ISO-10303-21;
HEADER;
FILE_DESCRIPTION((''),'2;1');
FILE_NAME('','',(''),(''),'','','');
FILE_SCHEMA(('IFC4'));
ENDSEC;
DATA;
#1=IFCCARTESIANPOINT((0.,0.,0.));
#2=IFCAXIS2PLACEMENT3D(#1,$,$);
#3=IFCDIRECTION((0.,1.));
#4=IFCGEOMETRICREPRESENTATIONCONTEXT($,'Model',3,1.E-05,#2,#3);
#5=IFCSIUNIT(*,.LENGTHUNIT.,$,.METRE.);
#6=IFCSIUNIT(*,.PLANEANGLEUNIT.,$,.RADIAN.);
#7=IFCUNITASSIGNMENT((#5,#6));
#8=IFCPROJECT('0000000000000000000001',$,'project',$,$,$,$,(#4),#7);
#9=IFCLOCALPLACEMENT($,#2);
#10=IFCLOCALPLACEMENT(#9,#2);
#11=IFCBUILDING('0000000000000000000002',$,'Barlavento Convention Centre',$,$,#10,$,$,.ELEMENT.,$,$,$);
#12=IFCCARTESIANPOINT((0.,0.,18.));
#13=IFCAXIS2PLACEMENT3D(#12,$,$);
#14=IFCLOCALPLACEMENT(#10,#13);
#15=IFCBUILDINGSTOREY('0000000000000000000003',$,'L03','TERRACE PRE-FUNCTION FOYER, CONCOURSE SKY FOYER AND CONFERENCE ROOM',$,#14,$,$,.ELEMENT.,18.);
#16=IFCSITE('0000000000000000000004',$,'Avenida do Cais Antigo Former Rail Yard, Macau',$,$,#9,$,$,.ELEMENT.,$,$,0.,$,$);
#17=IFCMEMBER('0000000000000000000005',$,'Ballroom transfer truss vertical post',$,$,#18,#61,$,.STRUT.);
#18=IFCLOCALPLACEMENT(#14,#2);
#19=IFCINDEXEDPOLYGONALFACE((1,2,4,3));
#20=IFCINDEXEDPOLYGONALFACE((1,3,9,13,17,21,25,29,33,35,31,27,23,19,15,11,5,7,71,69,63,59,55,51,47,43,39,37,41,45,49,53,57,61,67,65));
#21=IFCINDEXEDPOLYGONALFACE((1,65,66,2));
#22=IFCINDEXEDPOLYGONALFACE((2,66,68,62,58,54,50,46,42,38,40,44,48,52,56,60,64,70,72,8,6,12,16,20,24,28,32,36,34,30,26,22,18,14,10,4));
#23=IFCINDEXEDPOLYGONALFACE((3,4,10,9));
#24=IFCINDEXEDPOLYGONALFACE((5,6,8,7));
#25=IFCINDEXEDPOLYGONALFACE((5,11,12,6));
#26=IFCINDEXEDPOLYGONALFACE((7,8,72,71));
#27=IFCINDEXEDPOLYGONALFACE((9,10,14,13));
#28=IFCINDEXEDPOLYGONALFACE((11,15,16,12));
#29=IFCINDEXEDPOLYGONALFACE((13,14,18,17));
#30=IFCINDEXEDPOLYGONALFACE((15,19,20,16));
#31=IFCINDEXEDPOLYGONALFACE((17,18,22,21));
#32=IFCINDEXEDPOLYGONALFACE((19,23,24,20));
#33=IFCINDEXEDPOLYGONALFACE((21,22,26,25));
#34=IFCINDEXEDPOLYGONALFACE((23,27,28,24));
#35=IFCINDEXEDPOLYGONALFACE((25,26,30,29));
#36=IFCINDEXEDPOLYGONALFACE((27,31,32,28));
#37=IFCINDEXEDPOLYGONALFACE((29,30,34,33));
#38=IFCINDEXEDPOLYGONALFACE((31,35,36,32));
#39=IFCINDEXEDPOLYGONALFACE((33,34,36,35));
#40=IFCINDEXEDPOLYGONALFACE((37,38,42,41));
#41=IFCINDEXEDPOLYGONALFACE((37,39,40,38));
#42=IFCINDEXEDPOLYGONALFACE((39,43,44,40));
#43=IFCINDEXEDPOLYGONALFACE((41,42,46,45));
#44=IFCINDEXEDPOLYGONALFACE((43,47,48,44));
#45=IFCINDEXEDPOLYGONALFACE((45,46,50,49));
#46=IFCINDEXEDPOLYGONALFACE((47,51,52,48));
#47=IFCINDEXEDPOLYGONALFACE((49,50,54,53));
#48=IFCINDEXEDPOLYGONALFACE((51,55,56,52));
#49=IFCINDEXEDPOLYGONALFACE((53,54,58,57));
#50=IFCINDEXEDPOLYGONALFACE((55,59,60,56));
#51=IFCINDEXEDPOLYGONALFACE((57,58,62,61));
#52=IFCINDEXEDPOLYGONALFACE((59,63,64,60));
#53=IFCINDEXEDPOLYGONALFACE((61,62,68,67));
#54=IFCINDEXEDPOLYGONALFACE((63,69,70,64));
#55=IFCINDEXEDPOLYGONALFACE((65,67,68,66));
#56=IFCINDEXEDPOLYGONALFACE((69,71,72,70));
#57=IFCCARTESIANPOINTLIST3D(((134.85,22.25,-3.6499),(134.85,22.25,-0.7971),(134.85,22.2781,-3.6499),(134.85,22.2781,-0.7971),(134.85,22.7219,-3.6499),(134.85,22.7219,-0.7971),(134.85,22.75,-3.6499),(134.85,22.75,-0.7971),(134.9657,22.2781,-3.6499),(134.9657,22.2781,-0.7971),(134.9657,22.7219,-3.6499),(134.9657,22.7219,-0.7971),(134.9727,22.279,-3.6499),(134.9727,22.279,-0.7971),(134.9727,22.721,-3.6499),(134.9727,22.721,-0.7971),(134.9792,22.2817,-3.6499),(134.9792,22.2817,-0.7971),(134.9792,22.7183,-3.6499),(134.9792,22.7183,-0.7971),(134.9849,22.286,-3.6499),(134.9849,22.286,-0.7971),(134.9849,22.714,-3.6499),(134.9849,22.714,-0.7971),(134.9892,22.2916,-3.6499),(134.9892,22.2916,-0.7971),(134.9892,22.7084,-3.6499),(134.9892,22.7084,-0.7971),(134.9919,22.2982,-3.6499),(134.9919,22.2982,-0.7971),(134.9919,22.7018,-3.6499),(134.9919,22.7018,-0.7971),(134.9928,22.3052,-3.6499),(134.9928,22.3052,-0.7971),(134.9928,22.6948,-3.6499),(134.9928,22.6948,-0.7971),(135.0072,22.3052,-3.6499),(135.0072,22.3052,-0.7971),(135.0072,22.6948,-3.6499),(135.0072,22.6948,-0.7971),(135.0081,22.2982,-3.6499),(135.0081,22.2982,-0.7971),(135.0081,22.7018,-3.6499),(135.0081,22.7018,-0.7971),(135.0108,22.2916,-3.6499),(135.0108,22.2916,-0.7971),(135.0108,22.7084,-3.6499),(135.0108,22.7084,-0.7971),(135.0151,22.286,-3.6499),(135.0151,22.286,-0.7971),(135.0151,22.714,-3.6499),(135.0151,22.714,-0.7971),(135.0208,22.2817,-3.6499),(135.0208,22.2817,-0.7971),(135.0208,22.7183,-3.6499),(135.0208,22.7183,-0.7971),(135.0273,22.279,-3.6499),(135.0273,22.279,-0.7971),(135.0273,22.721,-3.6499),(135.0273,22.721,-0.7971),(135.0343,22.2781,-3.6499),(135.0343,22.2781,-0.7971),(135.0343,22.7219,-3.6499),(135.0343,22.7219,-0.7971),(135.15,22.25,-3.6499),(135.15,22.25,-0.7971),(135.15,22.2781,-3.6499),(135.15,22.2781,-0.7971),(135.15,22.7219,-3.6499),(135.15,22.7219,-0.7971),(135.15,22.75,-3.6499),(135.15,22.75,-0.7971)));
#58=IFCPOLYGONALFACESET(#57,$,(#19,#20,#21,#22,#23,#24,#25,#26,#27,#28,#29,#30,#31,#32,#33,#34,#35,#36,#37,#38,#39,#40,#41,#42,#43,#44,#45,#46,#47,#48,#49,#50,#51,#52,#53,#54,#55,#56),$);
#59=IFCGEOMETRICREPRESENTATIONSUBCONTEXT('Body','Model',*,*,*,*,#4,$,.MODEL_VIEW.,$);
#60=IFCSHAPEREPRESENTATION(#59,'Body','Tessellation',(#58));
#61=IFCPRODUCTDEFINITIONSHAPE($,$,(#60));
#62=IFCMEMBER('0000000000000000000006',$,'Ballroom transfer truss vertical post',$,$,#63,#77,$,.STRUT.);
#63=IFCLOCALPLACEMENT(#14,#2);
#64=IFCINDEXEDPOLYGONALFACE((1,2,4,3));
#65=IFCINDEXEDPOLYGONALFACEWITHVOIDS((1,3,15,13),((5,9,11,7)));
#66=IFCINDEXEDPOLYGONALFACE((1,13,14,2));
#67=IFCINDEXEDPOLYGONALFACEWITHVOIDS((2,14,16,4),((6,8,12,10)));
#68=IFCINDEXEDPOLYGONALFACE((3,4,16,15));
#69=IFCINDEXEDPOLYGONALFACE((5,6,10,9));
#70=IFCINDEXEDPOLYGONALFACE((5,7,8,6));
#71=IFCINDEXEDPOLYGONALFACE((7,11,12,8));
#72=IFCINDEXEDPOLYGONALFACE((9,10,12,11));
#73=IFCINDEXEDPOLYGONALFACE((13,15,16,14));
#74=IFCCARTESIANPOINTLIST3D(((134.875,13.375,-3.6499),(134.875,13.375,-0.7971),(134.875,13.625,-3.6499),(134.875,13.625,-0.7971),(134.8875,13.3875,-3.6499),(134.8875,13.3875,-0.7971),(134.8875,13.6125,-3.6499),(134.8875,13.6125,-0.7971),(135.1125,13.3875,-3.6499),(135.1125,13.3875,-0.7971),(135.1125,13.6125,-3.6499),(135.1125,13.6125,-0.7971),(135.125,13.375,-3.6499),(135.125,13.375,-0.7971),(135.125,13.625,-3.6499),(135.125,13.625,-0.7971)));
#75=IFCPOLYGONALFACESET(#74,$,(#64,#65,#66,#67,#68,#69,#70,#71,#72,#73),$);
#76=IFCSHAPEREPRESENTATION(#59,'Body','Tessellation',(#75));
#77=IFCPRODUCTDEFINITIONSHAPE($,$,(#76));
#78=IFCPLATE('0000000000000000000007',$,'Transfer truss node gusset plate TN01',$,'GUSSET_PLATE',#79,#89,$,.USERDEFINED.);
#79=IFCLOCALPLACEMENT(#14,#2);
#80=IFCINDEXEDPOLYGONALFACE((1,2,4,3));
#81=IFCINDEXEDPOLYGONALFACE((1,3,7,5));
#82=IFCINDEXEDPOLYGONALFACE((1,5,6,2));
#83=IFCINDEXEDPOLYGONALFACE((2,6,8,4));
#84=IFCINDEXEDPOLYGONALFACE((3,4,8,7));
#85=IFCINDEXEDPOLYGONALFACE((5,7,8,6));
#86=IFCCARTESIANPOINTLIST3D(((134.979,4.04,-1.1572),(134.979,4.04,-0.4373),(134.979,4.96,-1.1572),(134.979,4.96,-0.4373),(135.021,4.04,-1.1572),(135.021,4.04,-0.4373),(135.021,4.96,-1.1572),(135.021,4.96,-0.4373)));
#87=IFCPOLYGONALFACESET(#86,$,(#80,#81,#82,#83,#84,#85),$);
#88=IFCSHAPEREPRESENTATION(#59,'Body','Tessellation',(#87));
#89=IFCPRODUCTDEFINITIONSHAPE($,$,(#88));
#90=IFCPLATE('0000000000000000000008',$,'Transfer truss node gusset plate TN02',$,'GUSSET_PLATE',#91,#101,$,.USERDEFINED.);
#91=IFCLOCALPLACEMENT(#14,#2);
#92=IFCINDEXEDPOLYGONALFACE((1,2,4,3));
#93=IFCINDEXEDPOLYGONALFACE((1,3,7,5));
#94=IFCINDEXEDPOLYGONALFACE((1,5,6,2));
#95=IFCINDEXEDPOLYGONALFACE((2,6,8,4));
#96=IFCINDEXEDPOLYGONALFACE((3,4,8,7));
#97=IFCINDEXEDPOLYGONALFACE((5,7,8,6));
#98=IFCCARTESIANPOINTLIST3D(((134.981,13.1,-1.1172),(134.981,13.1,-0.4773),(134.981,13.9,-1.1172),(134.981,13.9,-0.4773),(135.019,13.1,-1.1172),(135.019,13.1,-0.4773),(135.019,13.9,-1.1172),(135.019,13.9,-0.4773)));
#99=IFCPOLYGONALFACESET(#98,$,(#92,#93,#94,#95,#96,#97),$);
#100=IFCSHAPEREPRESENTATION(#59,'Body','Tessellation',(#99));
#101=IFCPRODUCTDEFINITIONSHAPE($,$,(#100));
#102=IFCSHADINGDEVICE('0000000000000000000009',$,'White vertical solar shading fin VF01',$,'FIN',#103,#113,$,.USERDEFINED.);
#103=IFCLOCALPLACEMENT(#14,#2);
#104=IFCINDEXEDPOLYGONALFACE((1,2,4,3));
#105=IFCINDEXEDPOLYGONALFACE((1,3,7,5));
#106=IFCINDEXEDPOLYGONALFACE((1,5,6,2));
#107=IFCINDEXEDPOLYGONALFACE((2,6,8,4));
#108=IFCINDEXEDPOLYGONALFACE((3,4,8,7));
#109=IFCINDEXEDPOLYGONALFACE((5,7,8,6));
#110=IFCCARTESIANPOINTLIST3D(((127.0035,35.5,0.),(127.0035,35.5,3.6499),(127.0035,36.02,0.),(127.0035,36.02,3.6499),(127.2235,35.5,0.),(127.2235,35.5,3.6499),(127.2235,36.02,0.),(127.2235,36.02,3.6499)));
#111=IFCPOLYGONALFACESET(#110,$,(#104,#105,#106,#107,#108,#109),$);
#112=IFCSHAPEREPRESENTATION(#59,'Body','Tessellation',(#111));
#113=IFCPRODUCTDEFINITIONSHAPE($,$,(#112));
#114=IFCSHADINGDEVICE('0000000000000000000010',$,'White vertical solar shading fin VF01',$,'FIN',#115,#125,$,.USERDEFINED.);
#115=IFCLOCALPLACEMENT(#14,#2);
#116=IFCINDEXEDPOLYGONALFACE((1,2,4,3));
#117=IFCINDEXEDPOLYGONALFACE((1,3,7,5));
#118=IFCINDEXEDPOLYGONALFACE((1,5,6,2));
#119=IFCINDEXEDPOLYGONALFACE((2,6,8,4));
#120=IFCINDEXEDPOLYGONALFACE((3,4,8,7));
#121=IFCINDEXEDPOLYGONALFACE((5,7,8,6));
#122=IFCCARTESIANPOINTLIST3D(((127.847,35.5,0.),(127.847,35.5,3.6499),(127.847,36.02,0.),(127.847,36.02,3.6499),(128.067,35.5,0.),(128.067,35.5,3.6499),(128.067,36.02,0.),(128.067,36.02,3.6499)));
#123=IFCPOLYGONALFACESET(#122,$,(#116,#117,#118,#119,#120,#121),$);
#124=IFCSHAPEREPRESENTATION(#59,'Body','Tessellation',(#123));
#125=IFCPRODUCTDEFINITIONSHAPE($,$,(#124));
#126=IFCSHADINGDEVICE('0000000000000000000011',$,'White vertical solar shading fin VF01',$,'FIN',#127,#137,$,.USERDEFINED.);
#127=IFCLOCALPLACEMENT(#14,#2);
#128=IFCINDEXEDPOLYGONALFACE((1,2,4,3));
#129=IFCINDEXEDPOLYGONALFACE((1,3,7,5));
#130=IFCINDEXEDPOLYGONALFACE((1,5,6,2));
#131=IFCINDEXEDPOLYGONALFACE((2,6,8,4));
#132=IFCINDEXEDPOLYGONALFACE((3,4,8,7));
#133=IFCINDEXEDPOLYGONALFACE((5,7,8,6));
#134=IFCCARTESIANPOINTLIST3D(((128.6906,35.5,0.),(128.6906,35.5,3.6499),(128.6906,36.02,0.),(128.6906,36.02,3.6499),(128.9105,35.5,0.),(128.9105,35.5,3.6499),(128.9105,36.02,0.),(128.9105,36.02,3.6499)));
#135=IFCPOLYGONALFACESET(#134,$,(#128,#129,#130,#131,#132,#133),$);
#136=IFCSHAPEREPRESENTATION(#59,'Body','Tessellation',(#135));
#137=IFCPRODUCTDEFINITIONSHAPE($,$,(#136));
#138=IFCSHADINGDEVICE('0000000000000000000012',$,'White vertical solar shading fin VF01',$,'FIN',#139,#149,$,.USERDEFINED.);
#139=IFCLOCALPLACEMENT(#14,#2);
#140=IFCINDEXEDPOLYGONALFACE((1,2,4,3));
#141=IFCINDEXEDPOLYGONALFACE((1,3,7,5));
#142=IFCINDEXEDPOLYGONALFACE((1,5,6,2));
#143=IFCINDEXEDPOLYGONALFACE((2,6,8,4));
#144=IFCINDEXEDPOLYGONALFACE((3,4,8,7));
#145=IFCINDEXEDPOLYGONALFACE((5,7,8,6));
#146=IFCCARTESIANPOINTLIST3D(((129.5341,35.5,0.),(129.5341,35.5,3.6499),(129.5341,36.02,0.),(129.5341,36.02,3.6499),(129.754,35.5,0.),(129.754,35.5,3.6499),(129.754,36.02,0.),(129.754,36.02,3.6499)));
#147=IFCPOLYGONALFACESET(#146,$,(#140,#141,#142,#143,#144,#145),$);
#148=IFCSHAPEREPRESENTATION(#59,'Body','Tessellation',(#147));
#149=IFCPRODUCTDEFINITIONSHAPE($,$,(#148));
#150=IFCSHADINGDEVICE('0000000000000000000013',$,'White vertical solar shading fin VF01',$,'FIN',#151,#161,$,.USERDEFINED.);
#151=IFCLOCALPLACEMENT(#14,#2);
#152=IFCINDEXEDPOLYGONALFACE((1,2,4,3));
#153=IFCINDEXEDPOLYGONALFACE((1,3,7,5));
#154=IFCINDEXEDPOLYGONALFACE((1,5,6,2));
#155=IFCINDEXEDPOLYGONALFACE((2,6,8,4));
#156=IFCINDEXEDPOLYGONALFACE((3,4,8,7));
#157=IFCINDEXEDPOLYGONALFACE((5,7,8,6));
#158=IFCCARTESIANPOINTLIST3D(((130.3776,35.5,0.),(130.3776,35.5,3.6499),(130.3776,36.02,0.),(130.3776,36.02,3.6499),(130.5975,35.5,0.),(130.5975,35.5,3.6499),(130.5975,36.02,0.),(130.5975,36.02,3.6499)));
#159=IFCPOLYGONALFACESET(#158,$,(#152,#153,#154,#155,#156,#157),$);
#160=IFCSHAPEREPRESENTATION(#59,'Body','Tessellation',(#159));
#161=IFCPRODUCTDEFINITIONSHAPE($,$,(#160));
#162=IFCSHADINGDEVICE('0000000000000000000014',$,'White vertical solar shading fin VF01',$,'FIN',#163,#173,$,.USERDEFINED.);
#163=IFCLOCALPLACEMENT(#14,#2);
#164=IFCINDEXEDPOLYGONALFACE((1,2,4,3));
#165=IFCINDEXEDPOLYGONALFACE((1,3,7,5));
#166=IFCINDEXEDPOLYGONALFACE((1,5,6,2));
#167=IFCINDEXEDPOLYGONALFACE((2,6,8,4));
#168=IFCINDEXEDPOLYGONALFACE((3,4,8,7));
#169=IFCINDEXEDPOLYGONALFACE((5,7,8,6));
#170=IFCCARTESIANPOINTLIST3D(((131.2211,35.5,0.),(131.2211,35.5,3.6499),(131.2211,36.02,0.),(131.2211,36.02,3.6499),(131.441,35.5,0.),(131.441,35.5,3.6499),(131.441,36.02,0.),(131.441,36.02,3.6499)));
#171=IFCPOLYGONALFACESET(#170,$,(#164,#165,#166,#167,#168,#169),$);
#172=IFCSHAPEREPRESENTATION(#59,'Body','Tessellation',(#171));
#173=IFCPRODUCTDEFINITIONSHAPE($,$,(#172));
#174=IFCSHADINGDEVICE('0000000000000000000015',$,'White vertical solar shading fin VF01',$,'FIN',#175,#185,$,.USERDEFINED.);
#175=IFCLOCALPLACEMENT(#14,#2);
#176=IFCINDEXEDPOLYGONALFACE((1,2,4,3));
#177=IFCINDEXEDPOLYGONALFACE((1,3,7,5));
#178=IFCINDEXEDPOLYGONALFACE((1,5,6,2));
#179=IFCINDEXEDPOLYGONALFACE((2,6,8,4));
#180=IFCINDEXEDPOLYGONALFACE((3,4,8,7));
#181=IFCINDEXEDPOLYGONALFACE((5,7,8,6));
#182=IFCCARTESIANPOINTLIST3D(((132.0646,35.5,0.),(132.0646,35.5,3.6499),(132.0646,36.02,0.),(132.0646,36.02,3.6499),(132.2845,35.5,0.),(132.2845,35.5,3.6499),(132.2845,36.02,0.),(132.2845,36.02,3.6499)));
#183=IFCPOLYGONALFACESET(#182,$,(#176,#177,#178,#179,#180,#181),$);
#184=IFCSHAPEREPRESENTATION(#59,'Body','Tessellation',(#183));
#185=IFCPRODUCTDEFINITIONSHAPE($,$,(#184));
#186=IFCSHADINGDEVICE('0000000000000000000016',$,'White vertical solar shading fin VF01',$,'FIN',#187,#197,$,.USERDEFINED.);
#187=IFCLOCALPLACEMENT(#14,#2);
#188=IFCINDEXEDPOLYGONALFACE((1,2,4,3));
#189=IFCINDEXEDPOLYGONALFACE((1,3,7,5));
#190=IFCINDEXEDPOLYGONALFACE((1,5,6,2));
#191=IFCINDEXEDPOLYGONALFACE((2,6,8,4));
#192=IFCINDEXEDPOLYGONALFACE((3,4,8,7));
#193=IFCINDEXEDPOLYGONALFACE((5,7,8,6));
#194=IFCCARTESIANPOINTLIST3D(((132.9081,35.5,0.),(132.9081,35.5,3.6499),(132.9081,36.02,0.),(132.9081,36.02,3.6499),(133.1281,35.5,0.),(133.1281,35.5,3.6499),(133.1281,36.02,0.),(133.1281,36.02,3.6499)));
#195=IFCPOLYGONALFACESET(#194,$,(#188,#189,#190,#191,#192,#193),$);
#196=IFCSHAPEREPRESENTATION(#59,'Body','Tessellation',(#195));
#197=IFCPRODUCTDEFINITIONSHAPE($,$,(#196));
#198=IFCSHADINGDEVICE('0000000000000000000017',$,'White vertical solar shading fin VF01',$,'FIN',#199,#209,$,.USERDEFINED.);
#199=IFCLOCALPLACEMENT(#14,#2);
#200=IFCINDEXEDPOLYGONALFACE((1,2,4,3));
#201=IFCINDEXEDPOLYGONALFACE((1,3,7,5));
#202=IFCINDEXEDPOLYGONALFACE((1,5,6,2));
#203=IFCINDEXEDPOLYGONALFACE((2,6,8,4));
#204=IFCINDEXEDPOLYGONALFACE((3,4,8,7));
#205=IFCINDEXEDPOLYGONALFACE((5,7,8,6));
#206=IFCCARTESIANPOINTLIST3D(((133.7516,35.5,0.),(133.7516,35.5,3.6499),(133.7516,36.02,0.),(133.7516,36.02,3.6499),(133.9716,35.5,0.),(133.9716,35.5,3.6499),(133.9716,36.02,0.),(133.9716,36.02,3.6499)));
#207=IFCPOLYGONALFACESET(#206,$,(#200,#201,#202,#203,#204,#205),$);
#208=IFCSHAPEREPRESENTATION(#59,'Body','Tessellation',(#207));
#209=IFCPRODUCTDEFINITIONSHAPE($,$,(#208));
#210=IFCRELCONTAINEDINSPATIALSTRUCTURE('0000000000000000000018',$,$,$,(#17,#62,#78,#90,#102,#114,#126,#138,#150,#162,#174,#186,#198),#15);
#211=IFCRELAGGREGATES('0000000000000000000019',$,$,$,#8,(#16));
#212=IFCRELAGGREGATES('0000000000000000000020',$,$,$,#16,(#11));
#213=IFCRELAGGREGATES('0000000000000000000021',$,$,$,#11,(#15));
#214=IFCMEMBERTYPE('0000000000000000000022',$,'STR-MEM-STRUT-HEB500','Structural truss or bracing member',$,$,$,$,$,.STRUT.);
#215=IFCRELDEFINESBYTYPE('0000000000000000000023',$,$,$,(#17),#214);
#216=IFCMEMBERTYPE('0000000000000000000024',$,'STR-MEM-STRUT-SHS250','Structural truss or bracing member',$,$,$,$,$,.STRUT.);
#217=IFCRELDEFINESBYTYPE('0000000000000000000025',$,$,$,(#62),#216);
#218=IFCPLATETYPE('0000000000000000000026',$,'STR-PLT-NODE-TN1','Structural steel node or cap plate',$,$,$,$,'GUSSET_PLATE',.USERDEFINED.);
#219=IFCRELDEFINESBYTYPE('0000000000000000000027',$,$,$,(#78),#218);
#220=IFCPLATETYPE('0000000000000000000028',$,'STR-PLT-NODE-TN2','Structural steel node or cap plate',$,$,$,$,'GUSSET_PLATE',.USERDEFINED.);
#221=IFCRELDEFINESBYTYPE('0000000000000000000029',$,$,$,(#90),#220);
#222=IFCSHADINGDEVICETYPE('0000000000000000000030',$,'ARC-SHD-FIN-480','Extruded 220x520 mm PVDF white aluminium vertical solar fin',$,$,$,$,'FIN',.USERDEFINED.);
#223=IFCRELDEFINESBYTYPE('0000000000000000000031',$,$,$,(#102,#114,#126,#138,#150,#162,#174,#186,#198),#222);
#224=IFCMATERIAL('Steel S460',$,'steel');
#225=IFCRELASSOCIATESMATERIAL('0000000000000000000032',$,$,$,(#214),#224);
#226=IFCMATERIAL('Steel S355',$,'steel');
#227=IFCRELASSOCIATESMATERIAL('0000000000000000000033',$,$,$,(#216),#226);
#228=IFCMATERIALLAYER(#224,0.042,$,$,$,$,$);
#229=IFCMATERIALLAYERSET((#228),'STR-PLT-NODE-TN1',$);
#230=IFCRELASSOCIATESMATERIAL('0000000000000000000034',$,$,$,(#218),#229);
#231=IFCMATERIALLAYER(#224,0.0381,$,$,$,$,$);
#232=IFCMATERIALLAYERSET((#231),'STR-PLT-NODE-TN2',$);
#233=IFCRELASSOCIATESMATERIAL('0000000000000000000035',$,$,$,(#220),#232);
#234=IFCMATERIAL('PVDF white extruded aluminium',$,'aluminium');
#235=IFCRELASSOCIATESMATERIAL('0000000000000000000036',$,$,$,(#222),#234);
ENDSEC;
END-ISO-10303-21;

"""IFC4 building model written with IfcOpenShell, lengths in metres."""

from ifc_helpers import new_model, si_unit, direction, frame, origin, origin_2d, place, context, subcontext, project, spatial, rectangle, hollow_rectangle, i_section, extrude, material, layer, layer_set, material_profile, profile_set, type_object, element, save


model = new_model("IFC4")

# Units and contexts
model_context = context("Model", 3, precision=1e-05, world=origin(), true_north=direction((0.0, 1.0)))
body_context = subcontext(model_context, "Body", "Model", "MODEL_VIEW")
ifc_project = project(units=[si_unit("LENGTHUNIT", "METRE"), si_unit("PLANEANGLEUNIT", "RADIAN")], contexts=[model_context])

# Site, building, storey
site_placement = place(None, origin())
site = spatial("IfcSite", under=ifc_project, at=site_placement, Name="Avenida do Cais Antigo Former Rail Yard, Macau", CompositionType="ELEMENT", RefElevation=0.0)
building_placement = place(site_placement, origin())
building = spatial("IfcBuilding", under=site, at=building_placement, Name="Barlavento Convention Centre", CompositionType="ELEMENT")
storey_placement = place(building_placement, frame((0.0, 0.0, 18.0)))
storey = spatial("IfcBuildingStorey", under=building, at=storey_placement, Name="L03", Description="TERRACE PRE-FUNCTION FOYER, CONCOURSE SKY FOYER AND CONFERENCE ROOM", CompositionType="ELEMENT", Elevation=18.0)

# Shared definitions
ifc_material_1 = material(Name="Steel S355", Category="steel")

# Shared definitions
ifc_material_2 = material(Name="Steel S460", Category="steel")

# Members
ifc_material_profile_1 = material_profile(ifc_material_2, i_section(OverallWidth=0.3, OverallDepth=0.5, WebThickness=0.0144, FlangeThickness=0.0281, FilletRadius=0.0271, at=origin_2d()), Name="HEB 500")
ifc_profile_set_1 = profile_set([ifc_material_profile_1], Name="Steel S460")
member_type_1 = type_object("IfcMemberType", Name="STR-MEM-STRUT-HEB500", Description="Structural truss or bracing member", PredefinedType="STRUT", material=ifc_profile_set_1)
for number, where, z_axis, x_axis, name in (
    (1, (135.0, 22.5, -3.6499), (0.0, 0.0, 1.0), (1.0, 0.0, 0.0), "Ballroom transfer truss vertical post"),
):
    element("IfcMember", number, at=place(storey_placement, frame(where, z_axis=z_axis, x_axis=x_axis)), inside=storey, type_object=member_type_1, Name=name, PredefinedType="STRUT", context=body_context, shape_type="SweptSolid", body=[
        extrude(i_section(OverallWidth=0.3, OverallDepth=0.5, WebThickness=0.0144, FlangeThickness=0.0281, FilletRadius=0.0271, at=origin_2d()), origin(), (0.0, 0.0, 1.0), 2.8528),
    ])
ifc_material_profile_2 = material_profile(ifc_material_1, hollow_rectangle(XDim=0.25, YDim=0.25, WallThickness=0.0125, at=origin_2d()), Name="SHS 250x250x12.5")
ifc_profile_set_2 = profile_set([ifc_material_profile_2], Name="Steel S355")
member_type_2 = type_object("IfcMemberType", Name="STR-MEM-STRUT-SHS250", Description="Structural truss or bracing member", PredefinedType="STRUT", material=ifc_profile_set_2)
member_1_placement = place(storey_placement, frame((135.0, 13.5, -3.6499), z_axis=(0.0, 0.0, 1.0), x_axis=(1.0, 0.0, 0.0)))
element("IfcMember", 2, at=member_1_placement, inside=storey, type_object=member_type_2, Name="Ballroom transfer truss vertical post", PredefinedType="STRUT", context=body_context, shape_type="SweptSolid", body=[
    extrude(hollow_rectangle(XDim=0.25, YDim=0.25, WallThickness=0.0125, at=origin_2d()), origin(), (0.0, 0.0, 1.0), 2.8528),
])

# Plates
ifc_layer_1 = layer(ifc_material_2, 0.042)
ifc_layer_set_1 = layer_set([ifc_layer_1], Name="STR-PLT-NODE-TN1")
plate_type_1 = type_object("IfcPlateType", Name="STR-PLT-NODE-TN1", Description="Structural steel node or cap plate", ElementType="GUSSET_PLATE", PredefinedType="USERDEFINED", material=ifc_layer_set_1)
plate_1_placement = place(storey_placement, frame((135.0, 4.5, -1.1572), z_axis=(0.0, 0.0, 1.0), x_axis=(1.0, 0.0, 0.0)))
element("IfcPlate", 3, at=plate_1_placement, inside=storey, type_object=plate_type_1, Name="Transfer truss node gusset plate TN01", ObjectType="GUSSET_PLATE", PredefinedType="USERDEFINED", context=body_context, shape_type="SweptSolid", body=[
    extrude(rectangle(XDim=0.042, YDim=0.9199, at=origin_2d()), origin(), (0.0, 0.0, 1.0), 0.72),
])
ifc_layer_2 = layer(ifc_material_2, 0.0381)
ifc_layer_set_2 = layer_set([ifc_layer_2], Name="STR-PLT-NODE-TN2")
plate_type_2 = type_object("IfcPlateType", Name="STR-PLT-NODE-TN2", Description="Structural steel node or cap plate", ElementType="GUSSET_PLATE", PredefinedType="USERDEFINED", material=ifc_layer_set_2)
plate_2_placement = place(storey_placement, frame((135.0, 13.5, -1.1172), z_axis=(0.0, 0.0, 1.0), x_axis=(1.0, 0.0, 0.0)))
element("IfcPlate", 4, at=plate_2_placement, inside=storey, type_object=plate_type_2, Name="Transfer truss node gusset plate TN02", ObjectType="GUSSET_PLATE", PredefinedType="USERDEFINED", context=body_context, shape_type="SweptSolid", body=[
    extrude(rectangle(XDim=0.0381, YDim=0.8, at=origin_2d()), origin(), (0.0, 0.0, 1.0), 0.6399),
])

# Shading devices
ifc_material_3 = material(Name="PVDF white extruded aluminium", Category="aluminium")
shading_device_type = type_object("IfcShadingDeviceType", Name="ARC-SHD-FIN-480", Description="Extruded 220x520 mm PVDF white aluminium vertical solar fin", ElementType="FIN", PredefinedType="USERDEFINED", material=ifc_material_3)
for number, where, z_axis, x_axis, name in (
    (5, (127.1135, 35.76, 0.0), (0.0, 0.0, 1.0), (1.0, 0.0, 0.0), "White vertical solar shading fin VF01"),
    (6, (127.957, 35.76, 0.0), (0.0, 0.0, 1.0), (1.0, 0.0, 0.0), "White vertical solar shading fin VF01"),
    (7, (128.8005, 35.76, 0.0), (0.0, 0.0, 1.0), (1.0, 0.0, 0.0), "White vertical solar shading fin VF01"),
    (8, (129.644, 35.76, 0.0), (0.0, 0.0, 1.0), (1.0, 0.0, 0.0), "White vertical solar shading fin VF01"),
    (9, (130.4875, 35.76, 0.0), (0.0, 0.0, 1.0), (1.0, 0.0, 0.0), "White vertical solar shading fin VF01"),
    (10, (131.3311, 35.76, 0.0), (0.0, 0.0, 1.0), (1.0, 0.0, 0.0), "White vertical solar shading fin VF01"),
    (11, (132.1746, 35.76, 0.0), (0.0, 0.0, 1.0), (1.0, 0.0, 0.0), "White vertical solar shading fin VF01"),
    (12, (133.0181, 35.76, 0.0), (0.0, 0.0, 1.0), (1.0, 0.0, 0.0), "White vertical solar shading fin VF01"),
    (13, (133.8616, 35.76, 0.0), (0.0, 0.0, 1.0), (1.0, 0.0, 0.0), "White vertical solar shading fin VF01"),
):
    element("IfcShadingDevice", number, at=place(storey_placement, frame(where, z_axis=z_axis, x_axis=x_axis)), inside=storey, type_object=shading_device_type, Name=name, ObjectType="FIN", PredefinedType="USERDEFINED", context=body_context, shape_type="SweptSolid", body=[
        extrude(rectangle(XDim=0.22, YDim=0.52, at=origin_2d()), origin(), (0.0, 0.0, 1.0), 3.6499),
    ])

save(model, "model.ifc")
